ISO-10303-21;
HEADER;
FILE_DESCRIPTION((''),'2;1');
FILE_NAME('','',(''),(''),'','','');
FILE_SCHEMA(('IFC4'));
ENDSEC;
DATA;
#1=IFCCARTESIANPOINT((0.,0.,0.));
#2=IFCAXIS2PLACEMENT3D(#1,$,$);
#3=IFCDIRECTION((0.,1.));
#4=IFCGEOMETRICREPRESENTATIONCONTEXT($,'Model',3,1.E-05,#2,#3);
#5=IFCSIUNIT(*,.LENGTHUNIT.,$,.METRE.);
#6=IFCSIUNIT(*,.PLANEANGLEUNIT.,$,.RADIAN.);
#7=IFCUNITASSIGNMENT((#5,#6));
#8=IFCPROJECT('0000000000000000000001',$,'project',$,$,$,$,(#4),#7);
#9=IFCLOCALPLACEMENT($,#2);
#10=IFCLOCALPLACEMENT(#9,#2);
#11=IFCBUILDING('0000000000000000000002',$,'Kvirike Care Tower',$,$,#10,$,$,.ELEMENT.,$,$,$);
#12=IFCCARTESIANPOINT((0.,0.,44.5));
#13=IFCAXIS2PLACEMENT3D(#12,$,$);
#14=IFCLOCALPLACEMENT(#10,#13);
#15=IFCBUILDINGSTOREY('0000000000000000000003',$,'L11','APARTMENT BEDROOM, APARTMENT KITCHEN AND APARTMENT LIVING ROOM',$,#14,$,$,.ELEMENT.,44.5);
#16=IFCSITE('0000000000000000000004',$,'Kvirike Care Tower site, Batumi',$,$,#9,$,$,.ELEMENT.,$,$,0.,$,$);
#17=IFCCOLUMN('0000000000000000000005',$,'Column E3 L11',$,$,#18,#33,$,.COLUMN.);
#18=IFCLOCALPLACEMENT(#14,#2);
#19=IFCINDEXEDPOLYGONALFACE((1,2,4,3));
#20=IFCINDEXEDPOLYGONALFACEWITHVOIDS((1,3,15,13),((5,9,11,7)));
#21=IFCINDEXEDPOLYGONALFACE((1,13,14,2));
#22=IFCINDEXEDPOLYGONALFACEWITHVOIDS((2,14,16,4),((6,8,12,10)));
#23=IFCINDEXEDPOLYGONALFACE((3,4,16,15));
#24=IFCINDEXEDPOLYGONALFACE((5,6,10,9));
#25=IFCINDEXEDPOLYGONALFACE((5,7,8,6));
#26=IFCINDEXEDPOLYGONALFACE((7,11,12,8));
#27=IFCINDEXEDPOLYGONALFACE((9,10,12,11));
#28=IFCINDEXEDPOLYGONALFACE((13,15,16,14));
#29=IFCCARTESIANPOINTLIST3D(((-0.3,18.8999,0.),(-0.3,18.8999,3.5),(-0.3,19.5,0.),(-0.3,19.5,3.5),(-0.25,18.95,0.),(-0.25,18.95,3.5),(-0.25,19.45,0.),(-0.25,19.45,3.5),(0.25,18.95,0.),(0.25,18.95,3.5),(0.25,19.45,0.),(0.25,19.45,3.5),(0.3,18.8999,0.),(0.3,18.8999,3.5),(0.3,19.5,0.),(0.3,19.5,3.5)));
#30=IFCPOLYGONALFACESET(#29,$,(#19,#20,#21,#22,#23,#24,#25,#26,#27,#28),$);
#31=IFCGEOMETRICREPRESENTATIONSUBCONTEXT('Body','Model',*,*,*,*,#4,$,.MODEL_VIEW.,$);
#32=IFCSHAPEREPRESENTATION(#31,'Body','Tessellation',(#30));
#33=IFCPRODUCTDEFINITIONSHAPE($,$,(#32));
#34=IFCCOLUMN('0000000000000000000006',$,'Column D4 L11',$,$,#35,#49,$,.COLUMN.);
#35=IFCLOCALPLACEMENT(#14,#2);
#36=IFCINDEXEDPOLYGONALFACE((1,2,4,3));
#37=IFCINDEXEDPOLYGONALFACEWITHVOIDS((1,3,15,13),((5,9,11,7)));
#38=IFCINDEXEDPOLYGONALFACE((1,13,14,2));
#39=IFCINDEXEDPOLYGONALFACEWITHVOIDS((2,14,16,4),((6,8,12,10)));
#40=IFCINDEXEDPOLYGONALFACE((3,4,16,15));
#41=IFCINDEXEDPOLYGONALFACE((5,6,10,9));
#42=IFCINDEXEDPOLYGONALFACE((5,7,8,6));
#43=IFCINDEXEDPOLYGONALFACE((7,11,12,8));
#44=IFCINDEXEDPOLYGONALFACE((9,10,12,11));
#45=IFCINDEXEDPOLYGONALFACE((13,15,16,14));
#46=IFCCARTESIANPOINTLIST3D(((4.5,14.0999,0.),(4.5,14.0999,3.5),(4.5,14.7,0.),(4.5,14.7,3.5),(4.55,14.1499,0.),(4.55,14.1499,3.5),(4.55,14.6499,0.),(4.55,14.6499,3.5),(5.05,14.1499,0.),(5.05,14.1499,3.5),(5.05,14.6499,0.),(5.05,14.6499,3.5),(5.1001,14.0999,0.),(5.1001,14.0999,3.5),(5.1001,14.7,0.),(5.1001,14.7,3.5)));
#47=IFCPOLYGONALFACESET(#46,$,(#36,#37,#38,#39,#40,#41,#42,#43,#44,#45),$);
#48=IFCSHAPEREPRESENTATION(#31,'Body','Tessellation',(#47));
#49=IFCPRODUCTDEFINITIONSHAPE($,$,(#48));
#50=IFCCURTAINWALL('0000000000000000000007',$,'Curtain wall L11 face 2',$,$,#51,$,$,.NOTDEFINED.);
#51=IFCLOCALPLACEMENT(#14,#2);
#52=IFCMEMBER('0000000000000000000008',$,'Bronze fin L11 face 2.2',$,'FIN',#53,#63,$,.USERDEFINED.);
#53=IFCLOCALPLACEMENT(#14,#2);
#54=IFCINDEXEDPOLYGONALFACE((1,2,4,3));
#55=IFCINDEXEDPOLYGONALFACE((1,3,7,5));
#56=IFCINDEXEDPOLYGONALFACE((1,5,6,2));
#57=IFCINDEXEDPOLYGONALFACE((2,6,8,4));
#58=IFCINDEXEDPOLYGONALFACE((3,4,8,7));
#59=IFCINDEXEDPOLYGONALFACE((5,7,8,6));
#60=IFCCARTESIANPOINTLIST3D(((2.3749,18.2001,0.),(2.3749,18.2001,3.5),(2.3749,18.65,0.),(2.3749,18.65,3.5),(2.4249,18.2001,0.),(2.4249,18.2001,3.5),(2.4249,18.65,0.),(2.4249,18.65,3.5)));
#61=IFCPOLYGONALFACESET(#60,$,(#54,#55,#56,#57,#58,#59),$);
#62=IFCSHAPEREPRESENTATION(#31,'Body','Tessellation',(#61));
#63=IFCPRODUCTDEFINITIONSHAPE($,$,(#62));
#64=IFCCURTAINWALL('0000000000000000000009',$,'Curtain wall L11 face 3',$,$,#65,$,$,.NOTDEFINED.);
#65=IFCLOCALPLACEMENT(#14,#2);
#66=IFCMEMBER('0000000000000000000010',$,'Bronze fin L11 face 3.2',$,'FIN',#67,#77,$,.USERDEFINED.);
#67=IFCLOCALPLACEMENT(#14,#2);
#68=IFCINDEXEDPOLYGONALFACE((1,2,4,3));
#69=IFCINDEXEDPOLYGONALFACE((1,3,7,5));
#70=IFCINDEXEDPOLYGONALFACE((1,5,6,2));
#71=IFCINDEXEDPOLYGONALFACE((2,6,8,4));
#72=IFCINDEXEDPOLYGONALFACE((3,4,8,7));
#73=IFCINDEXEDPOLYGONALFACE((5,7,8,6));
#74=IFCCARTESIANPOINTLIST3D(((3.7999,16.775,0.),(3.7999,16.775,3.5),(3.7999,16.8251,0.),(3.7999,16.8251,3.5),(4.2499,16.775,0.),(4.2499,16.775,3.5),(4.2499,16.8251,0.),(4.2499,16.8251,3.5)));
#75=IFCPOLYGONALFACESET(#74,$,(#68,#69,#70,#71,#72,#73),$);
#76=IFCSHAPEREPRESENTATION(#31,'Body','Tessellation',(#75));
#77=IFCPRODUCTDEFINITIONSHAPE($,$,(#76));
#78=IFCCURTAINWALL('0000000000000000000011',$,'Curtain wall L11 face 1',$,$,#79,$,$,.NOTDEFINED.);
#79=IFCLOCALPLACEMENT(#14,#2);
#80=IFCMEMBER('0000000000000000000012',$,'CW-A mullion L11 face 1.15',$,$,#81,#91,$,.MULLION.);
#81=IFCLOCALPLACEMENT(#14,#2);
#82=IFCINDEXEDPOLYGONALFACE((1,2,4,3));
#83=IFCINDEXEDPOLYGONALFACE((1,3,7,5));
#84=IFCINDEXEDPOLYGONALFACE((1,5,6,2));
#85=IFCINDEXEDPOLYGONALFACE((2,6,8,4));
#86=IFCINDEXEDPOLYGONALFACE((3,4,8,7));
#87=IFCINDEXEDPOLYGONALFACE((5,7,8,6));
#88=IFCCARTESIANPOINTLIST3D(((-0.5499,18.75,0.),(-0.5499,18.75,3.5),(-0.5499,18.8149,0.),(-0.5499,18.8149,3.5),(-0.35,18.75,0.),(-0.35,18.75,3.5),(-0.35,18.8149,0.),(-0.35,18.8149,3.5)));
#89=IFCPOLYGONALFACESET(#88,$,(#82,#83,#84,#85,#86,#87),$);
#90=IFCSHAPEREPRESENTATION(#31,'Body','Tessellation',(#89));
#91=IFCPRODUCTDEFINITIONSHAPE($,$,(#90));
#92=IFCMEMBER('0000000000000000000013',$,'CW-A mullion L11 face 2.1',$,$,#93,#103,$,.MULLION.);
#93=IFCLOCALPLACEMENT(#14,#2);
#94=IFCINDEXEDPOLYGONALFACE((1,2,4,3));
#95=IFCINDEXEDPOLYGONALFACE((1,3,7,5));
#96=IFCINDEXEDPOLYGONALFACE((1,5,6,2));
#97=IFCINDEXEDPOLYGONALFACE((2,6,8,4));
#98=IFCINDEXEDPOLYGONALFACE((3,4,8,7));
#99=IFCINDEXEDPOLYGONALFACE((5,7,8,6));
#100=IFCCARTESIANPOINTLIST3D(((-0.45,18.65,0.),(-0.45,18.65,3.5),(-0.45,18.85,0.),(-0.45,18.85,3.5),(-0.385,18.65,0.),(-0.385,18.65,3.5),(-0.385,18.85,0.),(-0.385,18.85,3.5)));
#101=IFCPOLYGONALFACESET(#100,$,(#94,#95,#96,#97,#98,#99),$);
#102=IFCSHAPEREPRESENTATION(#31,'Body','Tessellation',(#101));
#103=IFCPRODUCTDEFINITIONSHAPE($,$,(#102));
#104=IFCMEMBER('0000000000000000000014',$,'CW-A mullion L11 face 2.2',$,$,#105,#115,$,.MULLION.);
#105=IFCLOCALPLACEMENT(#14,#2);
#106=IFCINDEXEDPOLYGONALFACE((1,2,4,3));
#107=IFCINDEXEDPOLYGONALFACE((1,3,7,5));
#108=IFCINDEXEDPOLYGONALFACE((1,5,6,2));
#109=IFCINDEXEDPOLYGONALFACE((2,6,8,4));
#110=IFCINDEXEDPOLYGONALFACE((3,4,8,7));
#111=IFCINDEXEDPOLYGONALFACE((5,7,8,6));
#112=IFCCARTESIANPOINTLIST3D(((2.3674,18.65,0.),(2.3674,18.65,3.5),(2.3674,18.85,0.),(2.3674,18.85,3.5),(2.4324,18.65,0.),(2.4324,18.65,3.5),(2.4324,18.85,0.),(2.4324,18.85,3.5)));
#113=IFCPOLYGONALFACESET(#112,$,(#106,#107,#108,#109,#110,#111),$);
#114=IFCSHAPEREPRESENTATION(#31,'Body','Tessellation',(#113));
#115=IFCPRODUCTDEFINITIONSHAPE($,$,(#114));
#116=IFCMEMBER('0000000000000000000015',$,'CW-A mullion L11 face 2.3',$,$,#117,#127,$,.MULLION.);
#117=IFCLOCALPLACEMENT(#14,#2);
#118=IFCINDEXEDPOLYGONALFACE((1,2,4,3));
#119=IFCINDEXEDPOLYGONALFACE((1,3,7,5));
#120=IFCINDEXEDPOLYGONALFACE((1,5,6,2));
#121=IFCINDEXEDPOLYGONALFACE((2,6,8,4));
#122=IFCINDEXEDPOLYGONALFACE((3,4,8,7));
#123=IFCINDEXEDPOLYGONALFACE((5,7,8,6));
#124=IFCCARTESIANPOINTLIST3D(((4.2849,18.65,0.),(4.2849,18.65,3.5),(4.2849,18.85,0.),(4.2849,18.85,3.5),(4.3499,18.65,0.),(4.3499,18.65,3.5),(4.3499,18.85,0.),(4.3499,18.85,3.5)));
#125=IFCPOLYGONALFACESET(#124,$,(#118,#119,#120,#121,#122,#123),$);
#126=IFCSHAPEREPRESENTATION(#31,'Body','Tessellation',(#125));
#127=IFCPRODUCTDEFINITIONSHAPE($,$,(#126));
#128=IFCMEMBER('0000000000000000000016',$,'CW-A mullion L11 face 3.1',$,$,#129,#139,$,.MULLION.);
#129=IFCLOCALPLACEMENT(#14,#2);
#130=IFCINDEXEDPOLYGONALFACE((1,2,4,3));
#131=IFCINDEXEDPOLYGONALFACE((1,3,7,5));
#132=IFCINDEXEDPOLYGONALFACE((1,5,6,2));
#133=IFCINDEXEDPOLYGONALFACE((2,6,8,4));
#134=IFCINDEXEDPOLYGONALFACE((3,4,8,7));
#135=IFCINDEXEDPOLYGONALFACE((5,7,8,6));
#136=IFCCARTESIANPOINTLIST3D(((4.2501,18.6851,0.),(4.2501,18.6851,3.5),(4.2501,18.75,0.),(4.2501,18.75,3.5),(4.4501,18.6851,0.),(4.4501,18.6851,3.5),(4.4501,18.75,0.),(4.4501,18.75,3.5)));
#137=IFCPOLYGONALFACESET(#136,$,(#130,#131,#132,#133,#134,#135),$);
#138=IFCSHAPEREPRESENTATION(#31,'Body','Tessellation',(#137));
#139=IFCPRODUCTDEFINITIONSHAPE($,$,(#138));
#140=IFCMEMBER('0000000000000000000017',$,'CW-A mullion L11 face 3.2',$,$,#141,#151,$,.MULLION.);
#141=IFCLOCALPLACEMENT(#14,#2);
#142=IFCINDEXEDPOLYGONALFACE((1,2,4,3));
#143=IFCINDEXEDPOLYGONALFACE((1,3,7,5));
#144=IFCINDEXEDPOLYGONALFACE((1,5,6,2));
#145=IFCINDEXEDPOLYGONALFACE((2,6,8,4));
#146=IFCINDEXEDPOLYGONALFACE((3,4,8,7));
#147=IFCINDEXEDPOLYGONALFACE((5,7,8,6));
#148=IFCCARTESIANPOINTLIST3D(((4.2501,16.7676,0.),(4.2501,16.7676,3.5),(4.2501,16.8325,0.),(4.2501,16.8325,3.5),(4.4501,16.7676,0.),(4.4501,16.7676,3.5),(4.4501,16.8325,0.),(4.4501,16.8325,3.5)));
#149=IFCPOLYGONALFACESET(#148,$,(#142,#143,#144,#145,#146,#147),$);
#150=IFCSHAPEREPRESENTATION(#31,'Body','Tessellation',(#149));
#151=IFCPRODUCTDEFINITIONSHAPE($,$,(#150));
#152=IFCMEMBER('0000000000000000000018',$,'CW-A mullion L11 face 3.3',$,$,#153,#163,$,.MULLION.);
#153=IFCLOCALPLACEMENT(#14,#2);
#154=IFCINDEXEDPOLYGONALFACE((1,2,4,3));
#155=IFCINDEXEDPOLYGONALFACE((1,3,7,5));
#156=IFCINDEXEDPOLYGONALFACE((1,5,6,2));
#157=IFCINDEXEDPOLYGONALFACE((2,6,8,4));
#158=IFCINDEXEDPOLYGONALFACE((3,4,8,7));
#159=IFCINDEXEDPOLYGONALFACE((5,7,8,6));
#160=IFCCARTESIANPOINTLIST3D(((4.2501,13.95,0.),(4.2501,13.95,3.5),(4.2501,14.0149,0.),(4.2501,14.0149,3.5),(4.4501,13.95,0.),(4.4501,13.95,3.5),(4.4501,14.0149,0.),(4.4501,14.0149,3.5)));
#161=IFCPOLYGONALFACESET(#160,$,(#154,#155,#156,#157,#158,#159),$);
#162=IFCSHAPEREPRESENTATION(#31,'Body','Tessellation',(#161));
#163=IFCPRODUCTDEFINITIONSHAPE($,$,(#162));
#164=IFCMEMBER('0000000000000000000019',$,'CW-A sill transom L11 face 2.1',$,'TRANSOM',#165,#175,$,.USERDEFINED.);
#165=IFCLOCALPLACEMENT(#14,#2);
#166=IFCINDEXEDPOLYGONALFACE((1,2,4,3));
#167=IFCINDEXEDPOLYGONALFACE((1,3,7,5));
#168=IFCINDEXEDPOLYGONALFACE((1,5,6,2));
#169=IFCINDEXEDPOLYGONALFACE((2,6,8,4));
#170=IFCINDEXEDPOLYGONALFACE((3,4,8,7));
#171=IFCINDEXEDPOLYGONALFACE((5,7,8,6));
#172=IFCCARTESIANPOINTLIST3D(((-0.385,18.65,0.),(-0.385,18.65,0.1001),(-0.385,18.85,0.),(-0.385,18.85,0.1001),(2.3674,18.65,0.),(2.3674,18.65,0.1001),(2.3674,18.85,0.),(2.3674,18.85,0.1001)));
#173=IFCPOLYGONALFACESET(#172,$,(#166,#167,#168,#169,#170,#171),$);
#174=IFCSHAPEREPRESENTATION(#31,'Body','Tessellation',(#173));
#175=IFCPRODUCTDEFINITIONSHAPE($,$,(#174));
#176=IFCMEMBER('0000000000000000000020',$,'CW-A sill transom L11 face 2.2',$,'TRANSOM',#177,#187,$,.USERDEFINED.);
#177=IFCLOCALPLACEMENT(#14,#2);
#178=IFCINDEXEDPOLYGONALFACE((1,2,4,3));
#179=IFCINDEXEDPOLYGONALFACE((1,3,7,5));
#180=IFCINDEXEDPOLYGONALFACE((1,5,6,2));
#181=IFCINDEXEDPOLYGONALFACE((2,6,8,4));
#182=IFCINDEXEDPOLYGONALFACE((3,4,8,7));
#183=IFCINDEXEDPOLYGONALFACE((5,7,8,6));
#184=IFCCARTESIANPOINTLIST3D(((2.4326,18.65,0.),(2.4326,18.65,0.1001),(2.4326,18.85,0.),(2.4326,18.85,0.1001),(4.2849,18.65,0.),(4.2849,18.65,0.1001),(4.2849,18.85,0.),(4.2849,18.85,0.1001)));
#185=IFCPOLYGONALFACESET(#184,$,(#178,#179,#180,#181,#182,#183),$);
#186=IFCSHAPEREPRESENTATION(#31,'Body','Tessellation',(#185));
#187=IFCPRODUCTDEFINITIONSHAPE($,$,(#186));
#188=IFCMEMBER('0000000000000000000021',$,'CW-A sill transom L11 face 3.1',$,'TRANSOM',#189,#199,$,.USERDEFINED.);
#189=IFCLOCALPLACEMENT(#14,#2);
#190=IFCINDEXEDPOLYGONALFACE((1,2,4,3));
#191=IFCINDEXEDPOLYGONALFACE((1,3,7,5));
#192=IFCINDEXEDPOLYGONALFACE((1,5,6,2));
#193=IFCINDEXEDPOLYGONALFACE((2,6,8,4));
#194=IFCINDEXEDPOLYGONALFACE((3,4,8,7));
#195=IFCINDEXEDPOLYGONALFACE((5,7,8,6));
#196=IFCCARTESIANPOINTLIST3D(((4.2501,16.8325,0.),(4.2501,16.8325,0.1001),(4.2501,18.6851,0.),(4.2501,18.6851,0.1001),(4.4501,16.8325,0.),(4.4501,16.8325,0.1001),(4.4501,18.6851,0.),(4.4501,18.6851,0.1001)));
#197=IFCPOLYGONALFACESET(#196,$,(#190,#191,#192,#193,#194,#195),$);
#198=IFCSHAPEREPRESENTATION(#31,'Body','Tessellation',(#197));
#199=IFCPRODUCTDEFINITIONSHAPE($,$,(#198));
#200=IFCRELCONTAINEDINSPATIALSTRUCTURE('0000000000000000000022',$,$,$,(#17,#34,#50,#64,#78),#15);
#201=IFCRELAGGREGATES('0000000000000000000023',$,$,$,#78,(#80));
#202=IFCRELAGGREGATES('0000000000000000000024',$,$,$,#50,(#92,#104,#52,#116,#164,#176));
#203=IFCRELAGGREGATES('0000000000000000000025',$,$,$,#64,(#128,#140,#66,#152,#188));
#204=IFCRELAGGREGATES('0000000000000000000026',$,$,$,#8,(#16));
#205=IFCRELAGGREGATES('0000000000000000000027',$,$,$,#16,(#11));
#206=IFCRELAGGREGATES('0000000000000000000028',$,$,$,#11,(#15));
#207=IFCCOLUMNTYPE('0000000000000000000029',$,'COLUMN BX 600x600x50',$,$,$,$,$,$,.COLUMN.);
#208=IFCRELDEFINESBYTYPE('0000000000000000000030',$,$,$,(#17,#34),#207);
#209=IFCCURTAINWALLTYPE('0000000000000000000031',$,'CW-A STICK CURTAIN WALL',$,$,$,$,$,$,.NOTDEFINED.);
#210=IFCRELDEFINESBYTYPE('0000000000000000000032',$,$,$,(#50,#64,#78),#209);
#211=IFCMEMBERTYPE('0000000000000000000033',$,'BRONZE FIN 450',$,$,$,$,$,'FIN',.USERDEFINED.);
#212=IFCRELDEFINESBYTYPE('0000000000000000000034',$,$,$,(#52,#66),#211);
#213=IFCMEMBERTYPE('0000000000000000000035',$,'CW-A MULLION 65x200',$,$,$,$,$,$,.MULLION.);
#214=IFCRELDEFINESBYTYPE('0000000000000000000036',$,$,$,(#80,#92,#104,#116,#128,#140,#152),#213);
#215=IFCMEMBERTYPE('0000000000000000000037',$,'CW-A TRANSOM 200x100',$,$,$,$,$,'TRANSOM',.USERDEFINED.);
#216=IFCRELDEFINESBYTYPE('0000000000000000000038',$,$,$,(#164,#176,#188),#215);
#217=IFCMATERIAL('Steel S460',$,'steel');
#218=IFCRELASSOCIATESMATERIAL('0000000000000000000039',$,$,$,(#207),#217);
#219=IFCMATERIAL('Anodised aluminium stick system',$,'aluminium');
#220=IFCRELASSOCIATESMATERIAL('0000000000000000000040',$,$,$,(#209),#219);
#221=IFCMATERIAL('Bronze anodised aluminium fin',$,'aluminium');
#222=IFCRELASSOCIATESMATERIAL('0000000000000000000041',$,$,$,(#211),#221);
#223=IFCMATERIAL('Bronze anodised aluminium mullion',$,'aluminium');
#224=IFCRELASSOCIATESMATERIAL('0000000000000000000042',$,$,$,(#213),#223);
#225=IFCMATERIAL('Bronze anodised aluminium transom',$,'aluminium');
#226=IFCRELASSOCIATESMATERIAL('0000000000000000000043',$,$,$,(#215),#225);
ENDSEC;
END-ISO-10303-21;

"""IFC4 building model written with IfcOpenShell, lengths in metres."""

from ifc_helpers import new_model, si_unit, direction, frame, origin, origin_2d, place, context, subcontext, project, spatial, rectangle, hollow_rectangle, extrude, material, material_profile, profile_set, type_object, element, aggregate, save


model = new_model("IFC4")

# Units and contexts
model_context = context("Model", 3, precision=1e-05, world=origin(), true_north=direction((0.0, 1.0)))
body_context = subcontext(model_context, "Body", "Model", "MODEL_VIEW")
ifc_project = project(units=[si_unit("LENGTHUNIT", "METRE"), si_unit("PLANEANGLEUNIT", "RADIAN")], contexts=[model_context])

# Site, building, storey
site_placement = place(None, origin())
site = spatial("IfcSite", under=ifc_project, at=site_placement, Name="Kvirike Care Tower site, Batumi", CompositionType="ELEMENT", RefElevation=0.0)
building_placement = place(site_placement, origin())
building = spatial("IfcBuilding", under=site, at=building_placement, Name="Kvirike Care Tower", CompositionType="ELEMENT")
storey_placement = place(building_placement, frame((0.0, 0.0, 44.5)))
storey = spatial("IfcBuildingStorey", under=building, at=storey_placement, Name="L11", Description="APARTMENT BEDROOM, APARTMENT KITCHEN AND APARTMENT LIVING ROOM", CompositionType="ELEMENT", Elevation=44.5)

# Columns
ifc_material_1 = material(Name="Steel S460", Category="steel")
ifc_material_profile_1 = material_profile(ifc_material_1, hollow_rectangle(XDim=0.6001, YDim=0.6001, WallThickness=0.05, at=origin_2d()), Name="BX 600x600x50")
ifc_profile_set_1 = profile_set([ifc_material_profile_1], Name="Steel S460")
column_type = type_object("IfcColumnType", Name="COLUMN BX 600x600x50", PredefinedType="COLUMN", material=ifc_profile_set_1)
for number, where, z_axis, x_axis, name in (
    (1, (0.0, 19.2, 0.0), (0.0, 0.0, 1.0), (0.0, 1.0, 0.0), "Column E3 L11"),
    (2, (4.8, 14.3999, 0.0), (0.0, 0.0, 1.0), (0.0, 1.0, 0.0), "Column D4 L11"),
):
    element("IfcColumn", number, at=place(storey_placement, frame(where, z_axis=z_axis, x_axis=x_axis)), inside=storey, type_object=column_type, Name=name, PredefinedType="COLUMN", context=body_context, shape_type="SweptSolid", body=[
        extrude(hollow_rectangle(XDim=0.6001, YDim=0.6001, WallThickness=0.05, at=origin_2d()), origin(), (0.0, 0.0, 1.0), 3.5),
    ])

# Curtain walls, members
ifc_material_2 = material(Name="Anodised aluminium stick system", Category="aluminium")
curtain_wall_type = type_object("IfcCurtainWallType", Name="CW-A STICK CURTAIN WALL", PredefinedType="NOTDEFINED", material=ifc_material_2)
curtain_wall_1_placement = place(storey_placement, origin())
curtain_wall_1 = element("IfcCurtainWall", 3, at=curtain_wall_1_placement, inside=storey, type_object=curtain_wall_type, Name="Curtain wall L11 face 2", PredefinedType="NOTDEFINED")
ifc_material_3 = material(Name="Bronze anodised aluminium fin", Category="aluminium")
ifc_material_profile_2 = material_profile(ifc_material_3, rectangle(XDim=0.05, YDim=0.45, at=origin_2d()), Name="BRONZE FIN 450")
ifc_profile_set_2 = profile_set([ifc_material_profile_2], Name="Bronze anodised aluminium fin")
member_type_1 = type_object("IfcMemberType", Name="BRONZE FIN 450", ElementType="FIN", PredefinedType="USERDEFINED", material=ifc_profile_set_2)
member_1_placement = place(storey_placement, frame((2.3999, 18.425, 0.0), z_axis=(0.0, 0.0, 1.0), x_axis=(1.0, 0.0, 0.0)))
member_1 = element("IfcMember", 4, at=member_1_placement, type_object=member_type_1, Name="Bronze fin L11 face 2.2", ObjectType="FIN", PredefinedType="USERDEFINED", context=body_context, shape_type="SweptSolid", body=[
    extrude(rectangle(XDim=0.05, YDim=0.45, at=origin_2d()), origin(), (0.0, 0.0, 1.0), 3.5),
])
curtain_wall_2_placement = place(storey_placement, origin())
curtain_wall_2 = element("IfcCurtainWall", 5, at=curtain_wall_2_placement, inside=storey, type_object=curtain_wall_type, Name="Curtain wall L11 face 3", PredefinedType="NOTDEFINED")
member_2_placement = place(storey_placement, frame((4.0249, 16.8, 0.0), z_axis=(0.0, 0.0, 1.0), x_axis=(0.0, -1.0, 0.0)))
member_2 = element("IfcMember", 6, at=member_2_placement, type_object=member_type_1, Name="Bronze fin L11 face 3.2", ObjectType="FIN", PredefinedType="USERDEFINED", context=body_context, shape_type="SweptSolid", body=[
    extrude(rectangle(XDim=0.05, YDim=0.45, at=origin_2d()), origin(), (0.0, 0.0, 1.0), 3.5),
])
curtain_wall_3_placement = place(storey_placement, origin())
curtain_wall_3 = element("IfcCurtainWall", 7, at=curtain_wall_3_placement, inside=storey, type_object=curtain_wall_type, Name="Curtain wall L11 face 1", PredefinedType="NOTDEFINED")
ifc_material_4 = material(Name="Bronze anodised aluminium mullion", Category="aluminium")
ifc_material_profile_3 = material_profile(ifc_material_4, rectangle(XDim=0.0649, YDim=0.2, at=origin_2d()), Name="CW-A MULLION 65x200")
ifc_profile_set_3 = profile_set([ifc_material_profile_3], Name="Bronze anodised aluminium mullion")
member_type_2 = type_object("IfcMemberType", Name="CW-A MULLION 65x200", PredefinedType="MULLION", material=ifc_profile_set_3)
member_3_placement = place(storey_placement, frame((-0.45, 18.7825, 0.0), z_axis=(0.0, 0.0, 1.0), x_axis=(0.0, -1.0, 0.0)))
member_3 = element("IfcMember", 8, at=member_3_placement, type_object=member_type_2, Name="CW-A mullion L11 face 1.15", PredefinedType="MULLION", context=body_context, shape_type="SweptSolid", body=[
    extrude(rectangle(XDim=0.0649, YDim=0.2, at=origin_2d()), origin(), (0.0, 0.0, 1.0), 3.5),
])
aggregate(curtain_wall_3, [member_3])

# Members
member_4_placement = place(storey_placement, frame((-0.4175, 18.75, 0.0), z_axis=(0.0, 0.0, 1.0), x_axis=(1.0, 0.0, 0.0)))
member_4 = element("IfcMember", 9, at=member_4_placement, type_object=member_type_2, Name="CW-A mullion L11 face 2.1", PredefinedType="MULLION", context=body_context, shape_type="SweptSolid", body=[
    extrude(rectangle(XDim=0.0649, YDim=0.2, at=origin_2d()), origin(), (0.0, 0.0, 1.0), 3.5),
])
member_5_placement = place(storey_placement, frame((2.3999, 18.75, 0.0), z_axis=(0.0, 0.0, 1.0), x_axis=(1.0, 0.0, 0.0)))
member_5 = element("IfcMember", 10, at=member_5_placement, type_object=member_type_2, Name="CW-A mullion L11 face 2.2", PredefinedType="MULLION", context=body_context, shape_type="SweptSolid", body=[
    extrude(rectangle(XDim=0.0649, YDim=0.2, at=origin_2d()), origin(), (0.0, 0.0, 1.0), 3.5),
])
member_6_placement = place(storey_placement, frame((4.3174, 18.75, 0.0), z_axis=(0.0, 0.0, 1.0), x_axis=(1.0, 0.0, 0.0)))
member_6 = element("IfcMember", 11, at=member_6_placement, type_object=member_type_2, Name="CW-A mullion L11 face 2.3", PredefinedType="MULLION", context=body_context, shape_type="SweptSolid", body=[
    extrude(rectangle(XDim=0.0649, YDim=0.2, at=origin_2d()), origin(), (0.0, 0.0, 1.0), 3.5),
])
member_7_placement = place(storey_placement, frame((4.3501, 18.7175, 0.0), z_axis=(0.0, 0.0, 1.0), x_axis=(0.0, -1.0, 0.0)))
member_7 = element("IfcMember", 12, at=member_7_placement, type_object=member_type_2, Name="CW-A mullion L11 face 3.1", PredefinedType="MULLION", context=body_context, shape_type="SweptSolid", body=[
    extrude(rectangle(XDim=0.0649, YDim=0.2, at=origin_2d()), origin(), (0.0, 0.0, 1.0), 3.5),
])
member_8_placement = place(storey_placement, frame((4.3501, 16.8, 0.0), z_axis=(0.0, 0.0, 1.0), x_axis=(0.0, -1.0, 0.0)))
member_8 = element("IfcMember", 13, at=member_8_placement, type_object=member_type_2, Name="CW-A mullion L11 face 3.2", PredefinedType="MULLION", context=body_context, shape_type="SweptSolid", body=[
    extrude(rectangle(XDim=0.0649, YDim=0.2, at=origin_2d()), origin(), (0.0, 0.0, 1.0), 3.5),
])
member_9_placement = place(storey_placement, frame((4.3501, 13.9824, 0.0), z_axis=(0.0, 0.0, 1.0), x_axis=(0.0, -1.0, 0.0)))
member_9 = element("IfcMember", 14, at=member_9_placement, type_object=member_type_2, Name="CW-A mullion L11 face 3.3", PredefinedType="MULLION", context=body_context, shape_type="SweptSolid", body=[
    extrude(rectangle(XDim=0.0649, YDim=0.2, at=origin_2d()), origin(), (0.0, 0.0, 1.0), 3.5),
])
ifc_material_5 = material(Name="Bronze anodised aluminium transom", Category="aluminium")
ifc_material_profile_4 = material_profile(ifc_material_5, rectangle(XDim=0.2, YDim=0.1001, at=origin_2d()), Name="CW-A TRANSOM 200x100")
ifc_profile_set_4 = profile_set([ifc_material_profile_4], Name="Bronze anodised aluminium transom")
member_type_3 = type_object("IfcMemberType", Name="CW-A TRANSOM 200x100", ElementType="TRANSOM", PredefinedType="USERDEFINED", material=ifc_profile_set_4)
member_10_placement = place(storey_placement, frame((-0.385, 18.75, 0.05), z_axis=(1.0, 0.0, 0.0), x_axis=(0.0, 1.0, 0.0)))
member_10 = element("IfcMember", 15, at=member_10_placement, type_object=member_type_3, Name="CW-A sill transom L11 face 2.1", ObjectType="TRANSOM", PredefinedType="USERDEFINED", context=body_context, shape_type="SweptSolid", body=[
    extrude(rectangle(XDim=0.2, YDim=0.1001, at=origin_2d()), origin(), (0.0, 0.0, 1.0), 2.7524),
])
member_11_placement = place(storey_placement, frame((2.4326, 18.75, 0.05), z_axis=(1.0, 0.0, 0.0), x_axis=(0.0, 1.0, 0.0)))
member_11 = element("IfcMember", 16, at=member_11_placement, type_object=member_type_3, Name="CW-A sill transom L11 face 2.2", ObjectType="TRANSOM", PredefinedType="USERDEFINED", context=body_context, shape_type="SweptSolid", body=[
    extrude(rectangle(XDim=0.2, YDim=0.1001, at=origin_2d()), origin(), (0.0, 0.0, 1.0), 1.8523),
])
member_12_placement = place(storey_placement, frame((4.3501, 18.6851, 0.05), z_axis=(0.0, -1.0, 0.0), x_axis=(1.0, 0.0, 0.0)))
member_12 = element("IfcMember", 17, at=member_12_placement, type_object=member_type_3, Name="CW-A sill transom L11 face 3.1", ObjectType="TRANSOM", PredefinedType="USERDEFINED", context=body_context, shape_type="SweptSolid", body=[
    extrude(rectangle(XDim=0.2, YDim=0.1001, at=origin_2d()), origin(), (0.0, 0.0, 1.0), 1.8525),
])

aggregate(curtain_wall_1, [member_4, member_5, member_1, member_6, member_10, member_11])
aggregate(curtain_wall_2, [member_7, member_8, member_2, member_9, member_12])

save(model, "model.ifc")
